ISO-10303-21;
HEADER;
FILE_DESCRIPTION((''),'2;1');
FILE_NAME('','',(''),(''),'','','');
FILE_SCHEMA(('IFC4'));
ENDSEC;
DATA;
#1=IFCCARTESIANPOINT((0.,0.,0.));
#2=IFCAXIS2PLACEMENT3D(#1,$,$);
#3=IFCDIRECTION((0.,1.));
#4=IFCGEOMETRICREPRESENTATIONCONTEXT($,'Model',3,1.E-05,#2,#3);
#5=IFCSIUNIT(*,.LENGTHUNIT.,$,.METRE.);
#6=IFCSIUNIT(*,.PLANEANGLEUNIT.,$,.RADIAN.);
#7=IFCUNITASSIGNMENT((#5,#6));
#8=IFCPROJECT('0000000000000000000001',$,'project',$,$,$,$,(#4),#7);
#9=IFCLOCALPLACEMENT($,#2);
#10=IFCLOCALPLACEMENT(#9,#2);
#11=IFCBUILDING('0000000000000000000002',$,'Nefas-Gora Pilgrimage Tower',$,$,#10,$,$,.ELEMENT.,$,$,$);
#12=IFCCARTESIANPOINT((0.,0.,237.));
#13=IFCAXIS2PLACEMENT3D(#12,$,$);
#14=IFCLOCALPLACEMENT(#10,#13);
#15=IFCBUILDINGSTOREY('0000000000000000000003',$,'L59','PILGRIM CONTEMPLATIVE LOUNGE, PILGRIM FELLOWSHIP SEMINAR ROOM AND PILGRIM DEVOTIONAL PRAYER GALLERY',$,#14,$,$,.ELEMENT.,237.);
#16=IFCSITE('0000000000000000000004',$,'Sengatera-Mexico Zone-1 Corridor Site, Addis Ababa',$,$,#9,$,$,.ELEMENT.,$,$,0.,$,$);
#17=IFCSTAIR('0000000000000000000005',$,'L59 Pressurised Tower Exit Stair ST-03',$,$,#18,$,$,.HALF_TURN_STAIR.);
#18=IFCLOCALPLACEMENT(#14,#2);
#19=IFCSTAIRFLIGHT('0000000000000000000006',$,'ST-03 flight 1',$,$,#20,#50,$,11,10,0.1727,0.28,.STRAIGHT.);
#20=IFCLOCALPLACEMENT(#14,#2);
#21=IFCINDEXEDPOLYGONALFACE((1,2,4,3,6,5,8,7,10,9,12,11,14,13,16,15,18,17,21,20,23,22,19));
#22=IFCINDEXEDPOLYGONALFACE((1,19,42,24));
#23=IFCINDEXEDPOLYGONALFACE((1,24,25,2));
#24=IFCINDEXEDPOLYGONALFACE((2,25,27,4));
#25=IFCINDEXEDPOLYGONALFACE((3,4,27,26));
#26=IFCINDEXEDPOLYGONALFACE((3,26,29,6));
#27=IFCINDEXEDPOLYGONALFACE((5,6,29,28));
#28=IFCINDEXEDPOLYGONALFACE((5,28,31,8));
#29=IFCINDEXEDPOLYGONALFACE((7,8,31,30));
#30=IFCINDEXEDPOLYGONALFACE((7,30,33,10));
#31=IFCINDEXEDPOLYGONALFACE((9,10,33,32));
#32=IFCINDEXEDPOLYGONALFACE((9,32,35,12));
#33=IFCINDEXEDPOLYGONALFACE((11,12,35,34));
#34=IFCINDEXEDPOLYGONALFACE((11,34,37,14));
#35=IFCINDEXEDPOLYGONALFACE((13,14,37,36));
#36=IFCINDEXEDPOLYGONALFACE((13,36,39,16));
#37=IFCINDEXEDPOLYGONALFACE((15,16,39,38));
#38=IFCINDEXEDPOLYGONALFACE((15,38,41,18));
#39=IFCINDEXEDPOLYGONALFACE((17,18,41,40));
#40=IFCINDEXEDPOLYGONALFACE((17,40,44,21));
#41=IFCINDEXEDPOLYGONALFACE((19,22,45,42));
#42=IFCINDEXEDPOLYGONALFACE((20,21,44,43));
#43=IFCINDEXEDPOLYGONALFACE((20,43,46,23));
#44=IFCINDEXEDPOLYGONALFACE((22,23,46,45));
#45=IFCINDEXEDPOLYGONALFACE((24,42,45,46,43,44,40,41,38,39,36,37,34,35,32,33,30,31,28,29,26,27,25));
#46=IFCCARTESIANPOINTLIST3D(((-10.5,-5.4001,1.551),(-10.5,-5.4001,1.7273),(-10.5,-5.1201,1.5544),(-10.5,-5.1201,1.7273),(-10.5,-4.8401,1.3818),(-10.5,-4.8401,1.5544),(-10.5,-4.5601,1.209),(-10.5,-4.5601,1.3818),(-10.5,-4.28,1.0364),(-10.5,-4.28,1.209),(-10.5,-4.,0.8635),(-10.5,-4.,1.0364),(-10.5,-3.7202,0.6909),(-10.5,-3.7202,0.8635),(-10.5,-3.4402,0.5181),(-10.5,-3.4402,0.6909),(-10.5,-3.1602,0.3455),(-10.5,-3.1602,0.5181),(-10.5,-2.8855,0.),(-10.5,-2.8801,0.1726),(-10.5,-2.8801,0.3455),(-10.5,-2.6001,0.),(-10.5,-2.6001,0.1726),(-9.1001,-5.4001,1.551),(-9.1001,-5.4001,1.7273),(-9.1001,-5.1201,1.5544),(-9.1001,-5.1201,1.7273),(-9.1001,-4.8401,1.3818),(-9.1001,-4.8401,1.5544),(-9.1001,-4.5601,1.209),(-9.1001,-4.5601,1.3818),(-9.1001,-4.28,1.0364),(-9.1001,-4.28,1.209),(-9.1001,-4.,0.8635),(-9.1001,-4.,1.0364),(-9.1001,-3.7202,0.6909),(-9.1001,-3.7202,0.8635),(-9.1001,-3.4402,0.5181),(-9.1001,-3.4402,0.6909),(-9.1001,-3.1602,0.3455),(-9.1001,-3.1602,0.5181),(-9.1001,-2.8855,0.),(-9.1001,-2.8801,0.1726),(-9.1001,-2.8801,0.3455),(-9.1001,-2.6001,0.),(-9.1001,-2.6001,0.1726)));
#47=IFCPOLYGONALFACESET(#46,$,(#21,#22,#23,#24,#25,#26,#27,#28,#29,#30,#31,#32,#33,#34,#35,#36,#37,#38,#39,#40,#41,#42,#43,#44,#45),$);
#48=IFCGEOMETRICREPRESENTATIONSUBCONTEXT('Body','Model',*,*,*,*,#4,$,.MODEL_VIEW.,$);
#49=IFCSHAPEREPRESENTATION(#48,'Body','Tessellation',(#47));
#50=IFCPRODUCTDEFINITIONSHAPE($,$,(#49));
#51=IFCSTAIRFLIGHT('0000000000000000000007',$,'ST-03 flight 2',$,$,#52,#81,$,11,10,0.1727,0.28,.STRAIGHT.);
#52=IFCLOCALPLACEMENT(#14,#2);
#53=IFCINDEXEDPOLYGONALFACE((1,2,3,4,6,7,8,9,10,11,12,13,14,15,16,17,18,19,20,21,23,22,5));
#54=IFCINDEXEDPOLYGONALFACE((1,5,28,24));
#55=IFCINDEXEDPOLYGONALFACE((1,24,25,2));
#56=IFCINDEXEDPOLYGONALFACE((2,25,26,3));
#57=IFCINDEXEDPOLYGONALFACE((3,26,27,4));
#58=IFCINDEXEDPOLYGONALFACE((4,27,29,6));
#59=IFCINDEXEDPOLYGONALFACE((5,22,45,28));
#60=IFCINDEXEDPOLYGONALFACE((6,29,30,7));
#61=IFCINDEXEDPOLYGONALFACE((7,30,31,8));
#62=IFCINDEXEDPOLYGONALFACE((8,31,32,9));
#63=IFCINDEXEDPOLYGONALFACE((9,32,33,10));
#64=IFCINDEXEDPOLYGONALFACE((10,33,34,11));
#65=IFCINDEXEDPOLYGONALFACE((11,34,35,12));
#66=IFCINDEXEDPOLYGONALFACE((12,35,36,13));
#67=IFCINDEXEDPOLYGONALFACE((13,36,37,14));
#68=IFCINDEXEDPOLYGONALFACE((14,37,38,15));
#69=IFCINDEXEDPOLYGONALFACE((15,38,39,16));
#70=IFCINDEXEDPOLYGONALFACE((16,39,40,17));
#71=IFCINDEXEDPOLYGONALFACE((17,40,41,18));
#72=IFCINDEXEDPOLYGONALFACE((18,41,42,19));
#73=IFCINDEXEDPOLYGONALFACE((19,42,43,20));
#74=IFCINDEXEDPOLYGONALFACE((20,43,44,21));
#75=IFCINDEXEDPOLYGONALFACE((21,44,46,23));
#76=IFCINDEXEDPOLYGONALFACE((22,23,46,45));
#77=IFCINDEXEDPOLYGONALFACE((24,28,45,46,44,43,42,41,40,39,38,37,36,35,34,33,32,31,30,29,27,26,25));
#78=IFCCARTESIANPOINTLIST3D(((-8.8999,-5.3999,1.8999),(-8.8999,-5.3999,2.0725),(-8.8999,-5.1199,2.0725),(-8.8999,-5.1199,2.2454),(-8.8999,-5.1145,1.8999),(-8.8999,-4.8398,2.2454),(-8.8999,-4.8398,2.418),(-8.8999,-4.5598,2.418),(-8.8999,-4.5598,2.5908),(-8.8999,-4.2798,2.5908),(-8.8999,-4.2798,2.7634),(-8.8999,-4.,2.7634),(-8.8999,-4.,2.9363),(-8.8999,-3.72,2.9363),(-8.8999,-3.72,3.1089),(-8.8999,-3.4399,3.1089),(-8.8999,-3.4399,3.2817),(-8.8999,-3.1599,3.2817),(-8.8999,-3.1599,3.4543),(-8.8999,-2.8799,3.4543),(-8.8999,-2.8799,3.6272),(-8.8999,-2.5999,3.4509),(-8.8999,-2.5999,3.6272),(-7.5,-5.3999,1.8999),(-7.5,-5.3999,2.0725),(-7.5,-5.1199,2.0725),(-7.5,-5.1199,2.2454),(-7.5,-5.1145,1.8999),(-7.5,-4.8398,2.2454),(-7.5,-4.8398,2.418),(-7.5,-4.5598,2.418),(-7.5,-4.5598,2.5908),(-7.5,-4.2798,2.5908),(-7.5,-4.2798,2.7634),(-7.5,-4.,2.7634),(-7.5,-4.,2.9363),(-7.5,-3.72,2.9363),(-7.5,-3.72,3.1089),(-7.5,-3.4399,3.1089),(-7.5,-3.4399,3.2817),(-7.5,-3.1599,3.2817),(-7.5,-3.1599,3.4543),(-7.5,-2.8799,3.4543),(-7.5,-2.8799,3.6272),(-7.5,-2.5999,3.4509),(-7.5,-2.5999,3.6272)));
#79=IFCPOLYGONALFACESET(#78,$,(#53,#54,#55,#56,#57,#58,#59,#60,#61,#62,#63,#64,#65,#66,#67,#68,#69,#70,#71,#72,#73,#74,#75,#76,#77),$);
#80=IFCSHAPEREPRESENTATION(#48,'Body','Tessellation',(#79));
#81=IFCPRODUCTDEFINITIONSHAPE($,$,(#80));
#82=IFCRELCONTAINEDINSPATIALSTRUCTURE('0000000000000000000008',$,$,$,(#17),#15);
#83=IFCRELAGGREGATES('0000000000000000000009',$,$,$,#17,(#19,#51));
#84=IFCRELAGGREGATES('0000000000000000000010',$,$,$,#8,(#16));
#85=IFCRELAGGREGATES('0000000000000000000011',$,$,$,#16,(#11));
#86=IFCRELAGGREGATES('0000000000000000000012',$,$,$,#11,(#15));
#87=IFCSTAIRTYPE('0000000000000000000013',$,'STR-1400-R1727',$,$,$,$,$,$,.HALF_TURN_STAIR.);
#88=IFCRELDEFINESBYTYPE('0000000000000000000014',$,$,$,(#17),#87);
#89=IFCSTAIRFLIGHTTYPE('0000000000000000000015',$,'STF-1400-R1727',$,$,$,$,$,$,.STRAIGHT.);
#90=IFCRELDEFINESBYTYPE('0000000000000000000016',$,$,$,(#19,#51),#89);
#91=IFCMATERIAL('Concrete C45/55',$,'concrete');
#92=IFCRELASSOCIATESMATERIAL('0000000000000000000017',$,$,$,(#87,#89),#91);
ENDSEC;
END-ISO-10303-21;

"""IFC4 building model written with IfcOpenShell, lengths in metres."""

from ifc_helpers import new_model, si_unit, direction, frame, origin, place, context, subcontext, project, spatial, polyline, outline, extrude, source, transform, mapped, material, type_object, element, aggregate, save


model = new_model("IFC4")

# Units and contexts
model_context = context("Model", 3, precision=1e-05, world=origin(), true_north=direction((0.0, 1.0)))
body_context = subcontext(model_context, "Body", "Model", "MODEL_VIEW")
ifc_project = project(units=[si_unit("LENGTHUNIT", "METRE"), si_unit("PLANEANGLEUNIT", "RADIAN")], contexts=[model_context])

# Site, building, storey
site_placement = place(None, origin())
site = spatial("IfcSite", under=ifc_project, at=site_placement, Name="Sengatera-Mexico Zone-1 Corridor Site, Addis Ababa", CompositionType="ELEMENT", RefElevation=0.0)
building_placement = place(site_placement, origin())
building = spatial("IfcBuilding", under=site, at=building_placement, Name="Nefas-Gora Pilgrimage Tower", CompositionType="ELEMENT")
storey_placement = place(building_placement, frame((0.0, 0.0, 237.0)))
storey = spatial("IfcBuildingStorey", under=building, at=storey_placement, Name="L59", Description="PILGRIM CONTEMPLATIVE LOUNGE, PILGRIM FELLOWSHIP SEMINAR ROOM AND PILGRIM DEVOTIONAL PRAYER GALLERY", CompositionType="ELEMENT", Elevation=237.0)

# Shared definitions
ifc_material_1 = material(Name="Concrete C45/55", Category="concrete")

# Stair, stair flights
stair_type = type_object("IfcStairType", Name="STR-1400-R1727", PredefinedType="HALF_TURN_STAIR", material=ifc_material_1)
stair_placement = place(storey_placement, origin())
stair = element("IfcStair", 1, at=stair_placement, inside=storey, type_object=stair_type, Name="L59 Pressurised Tower Exit Stair ST-03", PredefinedType="HALF_TURN_STAIR")
stair_flight_type = type_object("IfcStairFlightType", Name="STF-1400-R1727", PredefinedType="STRAIGHT", material=ifc_material_1)
shared_shape_1 = source(origin(), body_context, "Body", "SweptSolid", [
    extrude(outline(polyline([(0.0, 0.0), (0.0, 0.1726), (0.28, 0.1726), (0.28, 0.3455), (0.5601, 0.3455), (0.5601, 0.5181), (0.8401, 0.5181), (0.8401, 0.6909), (1.1201, 0.6909), (1.1201, 0.8635), (1.3999, 0.8635), (1.3999, 1.0364), (1.6799, 1.0364), (1.6799, 1.209), (1.96, 1.209), (1.96, 1.3818), (2.24, 1.3818), (2.24, 1.5544), (2.52, 1.5544), (2.52, 1.7273), (2.8, 1.7273), (2.8, 1.8999), (2.8, 1.551), (0.2854, 0.0), (0.0, 0.0)])), frame((0.0, 0.7, 0.0), z_axis=(0.0, -1.0, 0.0), x_axis=(1.0, 0.0, 0.0)), (0.0, 0.0, 1.0), 1.3999),
])
stair_flight_1_placement = place(storey_placement, frame((-9.8, -2.6001, 0.0), z_axis=(0.0, 0.0, 1.0), x_axis=(0.0, -1.0, 0.0)))
stair_flight_1 = element("IfcStairFlight", 2, at=stair_flight_1_placement, type_object=stair_flight_type, Name="ST-03 flight 1", NumberOfRisers=11, NumberOfTreads=10, PredefinedType="STRAIGHT", RiserHeight=0.1727, TreadLength=0.28, context=body_context, shape_type="MappedRepresentation", body=[
    mapped(shared_shape_1, transform((0.0, 0.0, 0.0), x_axis=(1.0, 0.0, 0.0), y_axis=(0.0, 1.0, 0.0), z_axis=(0.0, 0.0, 1.0), scale=1.0)),
])
stair_flight_2_placement = place(storey_placement, frame((-8.2, -5.3999, 1.8999), z_axis=(0.0, 0.0, 1.0), x_axis=(0.0, 1.0, 0.0)))
stair_flight_2 = element("IfcStairFlight", 3, at=stair_flight_2_placement, type_object=stair_flight_type, Name="ST-03 flight 2", NumberOfRisers=11, NumberOfTreads=10, PredefinedType="STRAIGHT", RiserHeight=0.1727, TreadLength=0.28, context=body_context, shape_type="MappedRepresentation", body=[
    mapped(shared_shape_1, transform((0.0, 0.0, 0.0), x_axis=(1.0, 0.0, 0.0), y_axis=(0.0, 1.0, 0.0), z_axis=(0.0, 0.0, 1.0), scale=1.0)),
])
aggregate(stair, [stair_flight_1, stair_flight_2])

save(model, "model.ifc")
